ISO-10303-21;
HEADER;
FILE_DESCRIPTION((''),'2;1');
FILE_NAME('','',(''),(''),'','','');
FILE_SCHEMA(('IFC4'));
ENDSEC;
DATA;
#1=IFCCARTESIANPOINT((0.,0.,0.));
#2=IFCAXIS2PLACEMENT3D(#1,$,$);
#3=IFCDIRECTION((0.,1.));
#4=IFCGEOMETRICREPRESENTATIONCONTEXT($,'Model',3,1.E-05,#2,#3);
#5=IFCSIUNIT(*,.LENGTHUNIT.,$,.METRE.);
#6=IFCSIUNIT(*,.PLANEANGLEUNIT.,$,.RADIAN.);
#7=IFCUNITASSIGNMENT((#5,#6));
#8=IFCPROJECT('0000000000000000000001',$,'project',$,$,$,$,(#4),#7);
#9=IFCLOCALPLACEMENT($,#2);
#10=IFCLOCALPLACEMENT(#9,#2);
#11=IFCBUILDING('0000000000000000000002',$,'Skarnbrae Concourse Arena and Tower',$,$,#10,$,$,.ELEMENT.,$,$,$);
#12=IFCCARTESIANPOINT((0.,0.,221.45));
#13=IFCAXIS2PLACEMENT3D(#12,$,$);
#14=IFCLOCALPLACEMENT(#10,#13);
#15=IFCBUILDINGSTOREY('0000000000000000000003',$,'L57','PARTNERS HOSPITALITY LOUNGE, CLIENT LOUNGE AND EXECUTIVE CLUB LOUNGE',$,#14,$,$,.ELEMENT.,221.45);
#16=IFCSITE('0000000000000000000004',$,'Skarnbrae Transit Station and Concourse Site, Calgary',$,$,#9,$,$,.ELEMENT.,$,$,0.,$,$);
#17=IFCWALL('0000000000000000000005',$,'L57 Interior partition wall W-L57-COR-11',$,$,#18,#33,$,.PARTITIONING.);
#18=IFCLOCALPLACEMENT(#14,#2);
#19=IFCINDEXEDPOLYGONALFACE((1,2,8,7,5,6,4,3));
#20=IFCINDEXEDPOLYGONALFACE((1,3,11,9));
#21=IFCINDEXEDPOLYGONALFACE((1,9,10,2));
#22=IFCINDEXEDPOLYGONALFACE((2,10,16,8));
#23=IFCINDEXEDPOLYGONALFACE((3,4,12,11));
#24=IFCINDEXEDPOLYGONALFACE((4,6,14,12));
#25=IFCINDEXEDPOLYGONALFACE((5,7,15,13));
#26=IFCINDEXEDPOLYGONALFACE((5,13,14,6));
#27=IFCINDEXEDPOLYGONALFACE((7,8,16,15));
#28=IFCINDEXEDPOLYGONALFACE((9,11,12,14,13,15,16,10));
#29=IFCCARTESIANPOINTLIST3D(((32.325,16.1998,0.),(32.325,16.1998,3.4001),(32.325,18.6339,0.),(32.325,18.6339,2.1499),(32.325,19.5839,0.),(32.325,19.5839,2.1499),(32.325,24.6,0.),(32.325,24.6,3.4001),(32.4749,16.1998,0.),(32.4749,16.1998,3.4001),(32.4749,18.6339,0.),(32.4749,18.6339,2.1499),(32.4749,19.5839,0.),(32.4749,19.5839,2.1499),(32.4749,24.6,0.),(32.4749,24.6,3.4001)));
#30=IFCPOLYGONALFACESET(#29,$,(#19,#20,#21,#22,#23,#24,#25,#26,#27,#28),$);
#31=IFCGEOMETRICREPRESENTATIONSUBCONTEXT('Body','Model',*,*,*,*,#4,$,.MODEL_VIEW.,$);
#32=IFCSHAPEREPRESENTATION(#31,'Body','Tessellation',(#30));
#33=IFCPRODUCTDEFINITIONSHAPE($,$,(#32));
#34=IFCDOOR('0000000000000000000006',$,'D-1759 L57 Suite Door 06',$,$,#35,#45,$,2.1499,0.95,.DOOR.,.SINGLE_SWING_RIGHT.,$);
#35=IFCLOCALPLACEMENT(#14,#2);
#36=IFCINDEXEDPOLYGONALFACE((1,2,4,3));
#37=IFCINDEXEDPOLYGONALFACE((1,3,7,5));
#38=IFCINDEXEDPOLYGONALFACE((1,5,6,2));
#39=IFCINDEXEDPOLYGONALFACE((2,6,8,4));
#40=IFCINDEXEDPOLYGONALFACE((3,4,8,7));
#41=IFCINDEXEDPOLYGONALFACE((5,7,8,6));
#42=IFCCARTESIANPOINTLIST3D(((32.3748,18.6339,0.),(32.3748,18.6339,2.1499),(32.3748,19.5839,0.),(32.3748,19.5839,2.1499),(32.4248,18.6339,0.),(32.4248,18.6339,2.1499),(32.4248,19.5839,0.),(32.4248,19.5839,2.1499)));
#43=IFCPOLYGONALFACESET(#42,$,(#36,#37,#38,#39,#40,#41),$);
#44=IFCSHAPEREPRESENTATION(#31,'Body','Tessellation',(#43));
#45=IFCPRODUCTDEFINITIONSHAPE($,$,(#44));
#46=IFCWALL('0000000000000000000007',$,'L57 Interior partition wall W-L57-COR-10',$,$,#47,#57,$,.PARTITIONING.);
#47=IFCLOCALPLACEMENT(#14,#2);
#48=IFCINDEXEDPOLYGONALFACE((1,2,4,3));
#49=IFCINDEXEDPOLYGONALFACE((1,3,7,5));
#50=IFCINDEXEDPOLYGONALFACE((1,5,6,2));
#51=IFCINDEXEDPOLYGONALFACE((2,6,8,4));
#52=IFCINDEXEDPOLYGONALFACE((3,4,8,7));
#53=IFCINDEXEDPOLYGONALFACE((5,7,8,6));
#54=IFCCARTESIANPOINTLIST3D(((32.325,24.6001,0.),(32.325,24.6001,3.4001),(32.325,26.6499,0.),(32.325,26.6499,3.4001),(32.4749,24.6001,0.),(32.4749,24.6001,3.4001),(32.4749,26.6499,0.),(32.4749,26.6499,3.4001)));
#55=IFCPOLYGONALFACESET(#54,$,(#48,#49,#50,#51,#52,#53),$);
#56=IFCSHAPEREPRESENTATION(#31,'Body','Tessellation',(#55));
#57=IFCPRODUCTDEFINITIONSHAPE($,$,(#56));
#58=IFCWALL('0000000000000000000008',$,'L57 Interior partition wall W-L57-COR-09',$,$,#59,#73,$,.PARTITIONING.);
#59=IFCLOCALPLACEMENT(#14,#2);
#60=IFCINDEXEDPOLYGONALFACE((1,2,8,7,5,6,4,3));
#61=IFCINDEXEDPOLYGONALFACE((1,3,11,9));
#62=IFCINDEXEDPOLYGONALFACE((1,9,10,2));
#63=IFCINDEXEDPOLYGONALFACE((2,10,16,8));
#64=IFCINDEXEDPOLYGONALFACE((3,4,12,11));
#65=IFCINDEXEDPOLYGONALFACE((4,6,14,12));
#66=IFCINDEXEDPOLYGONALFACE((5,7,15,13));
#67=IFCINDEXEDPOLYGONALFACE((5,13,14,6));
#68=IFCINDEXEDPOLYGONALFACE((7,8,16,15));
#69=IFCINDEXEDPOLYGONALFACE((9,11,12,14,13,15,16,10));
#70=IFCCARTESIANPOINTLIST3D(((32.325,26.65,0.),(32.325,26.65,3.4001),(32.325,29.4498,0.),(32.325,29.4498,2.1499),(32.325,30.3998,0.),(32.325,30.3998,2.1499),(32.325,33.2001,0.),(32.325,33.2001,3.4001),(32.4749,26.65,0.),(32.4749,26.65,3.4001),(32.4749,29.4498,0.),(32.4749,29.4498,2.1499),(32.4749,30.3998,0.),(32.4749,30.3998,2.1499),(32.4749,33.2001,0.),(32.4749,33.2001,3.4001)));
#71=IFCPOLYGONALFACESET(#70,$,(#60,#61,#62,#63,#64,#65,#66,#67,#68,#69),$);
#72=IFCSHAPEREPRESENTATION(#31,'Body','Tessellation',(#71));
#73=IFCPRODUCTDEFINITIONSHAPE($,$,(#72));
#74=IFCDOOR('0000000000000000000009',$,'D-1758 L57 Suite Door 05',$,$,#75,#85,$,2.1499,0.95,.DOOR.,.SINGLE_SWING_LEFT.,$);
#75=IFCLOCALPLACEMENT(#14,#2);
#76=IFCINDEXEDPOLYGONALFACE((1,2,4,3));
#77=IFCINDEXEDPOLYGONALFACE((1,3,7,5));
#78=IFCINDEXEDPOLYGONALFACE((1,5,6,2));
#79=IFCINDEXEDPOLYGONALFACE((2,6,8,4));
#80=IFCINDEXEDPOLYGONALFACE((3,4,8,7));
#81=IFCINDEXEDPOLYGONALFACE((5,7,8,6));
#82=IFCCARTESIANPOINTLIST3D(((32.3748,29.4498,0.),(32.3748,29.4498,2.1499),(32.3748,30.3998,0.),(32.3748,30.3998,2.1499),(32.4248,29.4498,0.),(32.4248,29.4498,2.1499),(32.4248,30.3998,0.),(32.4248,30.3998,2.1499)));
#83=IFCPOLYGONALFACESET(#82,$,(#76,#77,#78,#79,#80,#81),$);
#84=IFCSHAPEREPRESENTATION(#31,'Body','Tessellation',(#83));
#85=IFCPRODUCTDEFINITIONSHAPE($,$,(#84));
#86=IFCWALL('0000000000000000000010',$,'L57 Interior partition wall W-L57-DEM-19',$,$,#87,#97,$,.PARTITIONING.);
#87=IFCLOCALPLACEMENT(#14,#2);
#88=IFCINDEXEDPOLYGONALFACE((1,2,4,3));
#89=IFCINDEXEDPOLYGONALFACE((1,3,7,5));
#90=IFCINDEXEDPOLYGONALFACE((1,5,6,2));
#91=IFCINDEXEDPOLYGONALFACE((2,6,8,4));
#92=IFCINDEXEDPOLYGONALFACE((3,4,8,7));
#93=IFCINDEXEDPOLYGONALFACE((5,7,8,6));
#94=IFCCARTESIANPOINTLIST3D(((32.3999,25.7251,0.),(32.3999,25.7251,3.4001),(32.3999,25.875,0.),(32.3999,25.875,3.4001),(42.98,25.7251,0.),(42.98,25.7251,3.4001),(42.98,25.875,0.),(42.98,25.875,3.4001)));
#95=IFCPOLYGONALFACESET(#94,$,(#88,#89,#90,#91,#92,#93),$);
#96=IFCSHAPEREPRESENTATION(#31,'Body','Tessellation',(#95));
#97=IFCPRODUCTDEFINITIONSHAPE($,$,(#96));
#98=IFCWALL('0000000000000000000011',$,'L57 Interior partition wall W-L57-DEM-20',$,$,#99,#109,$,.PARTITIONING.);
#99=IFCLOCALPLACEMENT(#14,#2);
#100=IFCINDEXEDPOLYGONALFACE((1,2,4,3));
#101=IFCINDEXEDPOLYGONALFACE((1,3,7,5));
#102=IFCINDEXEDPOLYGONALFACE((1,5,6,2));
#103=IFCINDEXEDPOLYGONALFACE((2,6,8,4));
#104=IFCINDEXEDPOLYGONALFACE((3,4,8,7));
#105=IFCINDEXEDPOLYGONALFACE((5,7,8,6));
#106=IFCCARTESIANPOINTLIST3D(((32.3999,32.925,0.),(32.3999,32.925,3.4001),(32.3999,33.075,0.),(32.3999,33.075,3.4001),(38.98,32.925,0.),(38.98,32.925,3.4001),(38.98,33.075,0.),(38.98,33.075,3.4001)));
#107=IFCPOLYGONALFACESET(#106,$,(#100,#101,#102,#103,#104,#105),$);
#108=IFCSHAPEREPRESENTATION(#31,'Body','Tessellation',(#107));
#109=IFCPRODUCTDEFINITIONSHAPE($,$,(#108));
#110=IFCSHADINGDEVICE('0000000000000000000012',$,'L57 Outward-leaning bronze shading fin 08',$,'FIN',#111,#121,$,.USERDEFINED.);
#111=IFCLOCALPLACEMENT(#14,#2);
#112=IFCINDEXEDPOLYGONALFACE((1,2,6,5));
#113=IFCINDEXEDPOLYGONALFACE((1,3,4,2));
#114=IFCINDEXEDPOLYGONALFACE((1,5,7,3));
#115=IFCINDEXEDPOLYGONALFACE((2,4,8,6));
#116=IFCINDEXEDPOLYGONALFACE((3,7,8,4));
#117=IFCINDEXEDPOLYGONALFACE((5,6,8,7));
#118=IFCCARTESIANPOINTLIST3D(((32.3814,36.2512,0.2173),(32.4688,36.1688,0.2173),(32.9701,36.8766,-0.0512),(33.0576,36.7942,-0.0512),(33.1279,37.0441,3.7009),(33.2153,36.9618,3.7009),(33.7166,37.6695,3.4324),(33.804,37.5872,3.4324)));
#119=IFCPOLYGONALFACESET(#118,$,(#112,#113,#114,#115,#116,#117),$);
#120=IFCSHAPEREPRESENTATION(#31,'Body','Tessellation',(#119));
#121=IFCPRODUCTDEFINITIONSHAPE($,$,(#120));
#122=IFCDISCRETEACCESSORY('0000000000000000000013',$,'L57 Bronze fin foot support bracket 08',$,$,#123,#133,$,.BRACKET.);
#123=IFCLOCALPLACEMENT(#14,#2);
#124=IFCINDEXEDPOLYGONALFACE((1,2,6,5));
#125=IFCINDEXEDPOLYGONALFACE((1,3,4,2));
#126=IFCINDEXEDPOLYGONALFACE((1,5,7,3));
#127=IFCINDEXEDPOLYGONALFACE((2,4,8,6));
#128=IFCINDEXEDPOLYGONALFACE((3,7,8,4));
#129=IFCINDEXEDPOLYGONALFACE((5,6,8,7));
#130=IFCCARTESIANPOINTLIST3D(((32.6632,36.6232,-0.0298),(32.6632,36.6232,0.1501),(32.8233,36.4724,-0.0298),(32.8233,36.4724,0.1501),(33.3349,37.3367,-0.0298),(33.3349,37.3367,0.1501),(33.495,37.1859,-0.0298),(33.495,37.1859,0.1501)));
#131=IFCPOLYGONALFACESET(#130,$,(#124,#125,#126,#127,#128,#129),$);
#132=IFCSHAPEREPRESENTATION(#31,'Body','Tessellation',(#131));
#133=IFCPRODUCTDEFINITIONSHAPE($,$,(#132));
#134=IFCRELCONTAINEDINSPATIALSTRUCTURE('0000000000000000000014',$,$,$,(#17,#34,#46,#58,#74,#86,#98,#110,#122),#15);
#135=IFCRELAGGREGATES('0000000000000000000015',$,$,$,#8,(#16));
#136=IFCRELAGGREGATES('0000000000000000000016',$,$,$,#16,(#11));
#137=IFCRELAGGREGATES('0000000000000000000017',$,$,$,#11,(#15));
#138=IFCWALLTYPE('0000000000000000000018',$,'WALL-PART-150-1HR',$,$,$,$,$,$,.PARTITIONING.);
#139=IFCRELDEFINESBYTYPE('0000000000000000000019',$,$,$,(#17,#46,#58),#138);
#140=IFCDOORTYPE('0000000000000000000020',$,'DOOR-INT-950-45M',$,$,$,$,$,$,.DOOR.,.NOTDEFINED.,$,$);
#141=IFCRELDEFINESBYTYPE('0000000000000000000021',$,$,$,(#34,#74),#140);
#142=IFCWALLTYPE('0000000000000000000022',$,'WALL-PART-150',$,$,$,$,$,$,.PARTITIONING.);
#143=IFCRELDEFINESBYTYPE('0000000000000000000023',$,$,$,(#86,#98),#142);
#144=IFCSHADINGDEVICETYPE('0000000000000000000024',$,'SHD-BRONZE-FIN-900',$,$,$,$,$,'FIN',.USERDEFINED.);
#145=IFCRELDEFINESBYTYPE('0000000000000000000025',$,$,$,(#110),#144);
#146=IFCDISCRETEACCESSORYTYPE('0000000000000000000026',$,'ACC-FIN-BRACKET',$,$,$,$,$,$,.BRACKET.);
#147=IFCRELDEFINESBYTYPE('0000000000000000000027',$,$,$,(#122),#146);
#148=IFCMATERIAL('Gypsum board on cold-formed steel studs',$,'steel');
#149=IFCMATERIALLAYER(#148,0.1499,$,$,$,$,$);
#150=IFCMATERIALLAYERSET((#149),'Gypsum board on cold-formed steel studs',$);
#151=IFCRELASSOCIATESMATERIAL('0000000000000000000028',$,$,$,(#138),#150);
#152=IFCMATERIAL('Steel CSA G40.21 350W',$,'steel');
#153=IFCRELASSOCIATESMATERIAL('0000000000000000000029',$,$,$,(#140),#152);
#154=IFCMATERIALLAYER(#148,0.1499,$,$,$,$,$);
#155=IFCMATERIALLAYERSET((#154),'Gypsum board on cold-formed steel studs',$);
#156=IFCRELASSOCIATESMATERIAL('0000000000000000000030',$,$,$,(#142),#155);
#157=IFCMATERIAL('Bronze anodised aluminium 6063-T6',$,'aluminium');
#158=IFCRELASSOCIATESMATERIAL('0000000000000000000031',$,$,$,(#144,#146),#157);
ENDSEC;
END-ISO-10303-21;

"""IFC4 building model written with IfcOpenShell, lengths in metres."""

from ifc_helpers import new_model, si_unit, direction, frame, frame_2d, origin, origin_2d, place, context, subcontext, project, spatial, rectangle, extrude, source, transform, mapped, material, layer, layer_set, type_object, element, fill, save


model = new_model("IFC4")

# Units and contexts
model_context = context("Model", 3, precision=1e-05, world=origin(), true_north=direction((0.0, 1.0)))
body_context = subcontext(model_context, "Body", "Model", "MODEL_VIEW")
ifc_project = project(units=[si_unit("LENGTHUNIT", "METRE"), si_unit("PLANEANGLEUNIT", "RADIAN")], contexts=[model_context])

# Site, building, storey
site_placement = place(None, origin())
site = spatial("IfcSite", under=ifc_project, at=site_placement, Name="Skarnbrae Transit Station and Concourse Site, Calgary", CompositionType="ELEMENT", RefElevation=0.0)
building_placement = place(site_placement, origin())
building = spatial("IfcBuilding", under=site, at=building_placement, Name="Skarnbrae Concourse Arena and Tower", CompositionType="ELEMENT")
storey_placement = place(building_placement, frame((0.0, 0.0, 221.45)))
storey = spatial("IfcBuildingStorey", under=building, at=storey_placement, Name="L57", Description="PARTNERS HOSPITALITY LOUNGE, CLIENT LOUNGE AND EXECUTIVE CLUB LOUNGE", CompositionType="ELEMENT", Elevation=221.45)

# Shared definitions
ifc_material_1 = material(Name="Steel CSA G40.21 350W", Category="steel")

# Shared definitions
ifc_material_2 = material(Name="Bronze anodised aluminium 6063-T6", Category="aluminium")

# Wall, opening, door
ifc_material_3 = material(Name="Gypsum board on cold-formed steel studs", Category="steel")
ifc_layer_1 = layer(ifc_material_3, 0.1499)
ifc_layer_set_1 = layer_set([ifc_layer_1], Name="Gypsum board on cold-formed steel studs")
wall_type_1 = type_object("IfcWallType", Name="WALL-PART-150-1HR", PredefinedType="PARTITIONING", material=ifc_layer_set_1)
shared_shape_1 = source(origin(), body_context, "Body", "SweptSolid", [
    extrude(rectangle(XDim=8.4001, YDim=0.1499, at=frame_2d((4.2002, 0.0))), origin(), (0.0, 0.0, 1.0), 3.4001),
])
wall_1_placement = place(storey_placement, frame((32.3999, 24.6001, 0.0), z_axis=(0.0, 0.0, 1.0), x_axis=(0.0, -1.0, 0.0)))
wall_1 = element("IfcWall", 1, at=wall_1_placement, inside=storey, type_object=wall_type_1, Name="L57 Interior partition wall W-L57-COR-11", PredefinedType="PARTITIONING", context=body_context, shape_type="MappedRepresentation", body=[
    mapped(shared_shape_1, transform((0.0, 0.0, 0.0))),
])
opening_1_placement = place(wall_1_placement, frame((5.0161, 0.0, 0.0)))
opening_1 = element("IfcOpeningElement", 2, at=opening_1_placement, cuts=wall_1, PredefinedType="OPENING", context=body_context, shape_type="SweptSolid", body=[
    extrude(rectangle(XDim=0.95, YDim=2.1499, at=frame_2d((0.4751, 1.075))), frame((0.0, 0.085, 0.0), z_axis=(0.0, -1.0, 0.0), x_axis=(1.0, 0.0, 0.0)), (0.0, 0.0, 1.0), 0.1699),
])
door_type = type_object("IfcDoorType", Name="DOOR-INT-950-45M", OperationType="NOTDEFINED", PredefinedType="DOOR", material=ifc_material_1)
shared_shape_2 = source(origin(), body_context, "Body", "SweptSolid", [
    extrude(rectangle(XDim=0.95, YDim=2.1499, at=frame_2d((0.4751, 1.075))), frame((0.0, 0.0249, 0.0), z_axis=(0.0, -1.0, 0.0), x_axis=(1.0, 0.0, 0.0)), (0.0, 0.0, 1.0), 0.05),
])
door_1_placement = place(opening_1_placement, origin())
door_1 = element("IfcDoor", 3, at=door_1_placement, inside=storey, type_object=door_type, Name="D-1759 L57 Suite Door 06", OperationType="SINGLE_SWING_RIGHT", OverallHeight=2.1499, OverallWidth=0.95, PredefinedType="DOOR", context=body_context, shape_type="MappedRepresentation", body=[
    mapped(shared_shape_2, transform((0.0, 0.0, 0.0))),
])
fill(opening_1, door_1)

# Wall
shared_shape_3 = source(origin(), body_context, "Body", "SweptSolid", [
    extrude(rectangle(XDim=2.0498, YDim=0.1499, at=frame_2d((1.0249, 0.0))), origin(), (0.0, 0.0, 1.0), 3.4001),
])
wall_2_placement = place(storey_placement, frame((32.3999, 26.6499, 0.0), z_axis=(0.0, 0.0, 1.0), x_axis=(0.0, -1.0, 0.0)))
element("IfcWall", 4, at=wall_2_placement, inside=storey, type_object=wall_type_1, Name="L57 Interior partition wall W-L57-COR-10", PredefinedType="PARTITIONING", context=body_context, shape_type="MappedRepresentation", body=[
    mapped(shared_shape_3, transform((0.0, 0.0, 0.0))),
])

# Wall, opening, door
shared_shape_4 = source(origin(), body_context, "Body", "SweptSolid", [
    extrude(rectangle(XDim=6.55, YDim=0.1499, at=frame_2d((3.2749, 0.0))), origin(), (0.0, 0.0, 1.0), 3.4001),
])
wall_3_placement = place(storey_placement, frame((32.3999, 33.2, 0.0), z_axis=(0.0, 0.0, 1.0), x_axis=(0.0, -1.0, 0.0)))
wall_3 = element("IfcWall", 5, at=wall_3_placement, inside=storey, type_object=wall_type_1, Name="L57 Interior partition wall W-L57-COR-09", PredefinedType="PARTITIONING", context=body_context, shape_type="MappedRepresentation", body=[
    mapped(shared_shape_4, transform((0.0, 0.0, 0.0))),
])
opening_2_placement = place(wall_3_placement, frame((2.8, 0.0, 0.0)))
opening_2 = element("IfcOpeningElement", 6, at=opening_2_placement, cuts=wall_3, PredefinedType="OPENING", context=body_context, shape_type="SweptSolid", body=[
    extrude(rectangle(XDim=0.95, YDim=2.1499, at=frame_2d((0.4751, 1.075))), frame((0.0, 0.085, 0.0), z_axis=(0.0, -1.0, 0.0), x_axis=(1.0, 0.0, 0.0)), (0.0, 0.0, 1.0), 0.1699),
])
door_2_placement = place(opening_2_placement, origin())
door_2 = element("IfcDoor", 7, at=door_2_placement, inside=storey, type_object=door_type, Name="D-1758 L57 Suite Door 05", OperationType="SINGLE_SWING_LEFT", OverallHeight=2.1499, OverallWidth=0.95, PredefinedType="DOOR", context=body_context, shape_type="MappedRepresentation", body=[
    mapped(shared_shape_2, transform((0.0, 0.0, 0.0))),
])
fill(opening_2, door_2)

# Walls
ifc_layer_2 = layer(ifc_material_3, 0.1499)
ifc_layer_set_2 = layer_set([ifc_layer_2], Name="Gypsum board on cold-formed steel studs")
wall_type_2 = type_object("IfcWallType", Name="WALL-PART-150", PredefinedType="PARTITIONING", material=ifc_layer_set_2)
shared_shape_5 = source(origin(), body_context, "Body", "SweptSolid", [
    extrude(rectangle(XDim=10.5801, YDim=0.1499, at=frame_2d((5.29, 0.0))), origin(), (0.0, 0.0, 1.0), 3.4001),
])
wall_4_placement = place(storey_placement, frame((42.98, 25.8, 0.0), z_axis=(0.0, 0.0, 1.0), x_axis=(-1.0, 0.0, 0.0)))
element("IfcWall", 8, at=wall_4_placement, inside=storey, type_object=wall_type_2, Name="L57 Interior partition wall W-L57-DEM-19", PredefinedType="PARTITIONING", context=body_context, shape_type="MappedRepresentation", body=[
    mapped(shared_shape_5, transform((0.0, 0.0, 0.0))),
])
shared_shape_6 = source(origin(), body_context, "Body", "SweptSolid", [
    extrude(rectangle(XDim=6.5801, YDim=0.1499, at=frame_2d((3.29, 0.0))), origin(), (0.0, 0.0, 1.0), 3.4001),
])
wall_5_placement = place(storey_placement, frame((38.98, 33.0, 0.0), z_axis=(0.0, 0.0, 1.0), x_axis=(-1.0, 0.0, 0.0)))
element("IfcWall", 9, at=wall_5_placement, inside=storey, type_object=wall_type_2, Name="L57 Interior partition wall W-L57-DEM-20", PredefinedType="PARTITIONING", context=body_context, shape_type="MappedRepresentation", body=[
    mapped(shared_shape_6, transform((0.0, 0.0, 0.0))),
])

# Shading device
shading_device_type = type_object("IfcShadingDeviceType", Name="SHD-BRONZE-FIN-900", ElementType="FIN", PredefinedType="USERDEFINED", material=ifc_material_2)
shared_shape_7 = source(origin(), body_context, "Body", "SweptSolid", [
    extrude(rectangle(XDim=0.1201, YDim=0.8999, at=origin_2d()), origin(), (0.0, 0.0, 1.0), 3.6499),
])
shading_device_placement = place(storey_placement, frame((32.7195, 36.5227, 0.083), z_axis=(0.204517, 0.217256, 0.954449), x_axis=(0.728132, -0.685437, 0.0)))
element("IfcShadingDevice", 10, at=shading_device_placement, inside=storey, type_object=shading_device_type, Name="L57 Outward-leaning bronze shading fin 08", ObjectType="FIN", PredefinedType="USERDEFINED", context=body_context, shape_type="MappedRepresentation", body=[
    mapped(shared_shape_7, transform((0.0, 0.0, 0.0))),
])

# Discrete accessory
discrete_accessory_type = type_object("IfcDiscreteAccessoryType", Name="ACC-FIN-BRACKET", PredefinedType="BRACKET", material=ifc_material_2)
shared_shape_8 = source(origin(), body_context, "Body", "SweptSolid", [
    extrude(rectangle(XDim=0.22, YDim=0.98, at=origin_2d()), origin(), (0.0, 0.0, 1.0), 0.1799),
])
discrete_accessory_placement = place(storey_placement, frame((33.0791, 36.9045, -0.0298), z_axis=(0.0, 0.0, 1.0), x_axis=(0.728132, -0.685437, 0.0)))
element("IfcDiscreteAccessory", 11, at=discrete_accessory_placement, inside=storey, type_object=discrete_accessory_type, Name="L57 Bronze fin foot support bracket 08", PredefinedType="BRACKET", context=body_context, shape_type="MappedRepresentation", body=[
    mapped(shared_shape_8, transform((0.0, 0.0, 0.0))),
])

save(model, "model.ifc")
